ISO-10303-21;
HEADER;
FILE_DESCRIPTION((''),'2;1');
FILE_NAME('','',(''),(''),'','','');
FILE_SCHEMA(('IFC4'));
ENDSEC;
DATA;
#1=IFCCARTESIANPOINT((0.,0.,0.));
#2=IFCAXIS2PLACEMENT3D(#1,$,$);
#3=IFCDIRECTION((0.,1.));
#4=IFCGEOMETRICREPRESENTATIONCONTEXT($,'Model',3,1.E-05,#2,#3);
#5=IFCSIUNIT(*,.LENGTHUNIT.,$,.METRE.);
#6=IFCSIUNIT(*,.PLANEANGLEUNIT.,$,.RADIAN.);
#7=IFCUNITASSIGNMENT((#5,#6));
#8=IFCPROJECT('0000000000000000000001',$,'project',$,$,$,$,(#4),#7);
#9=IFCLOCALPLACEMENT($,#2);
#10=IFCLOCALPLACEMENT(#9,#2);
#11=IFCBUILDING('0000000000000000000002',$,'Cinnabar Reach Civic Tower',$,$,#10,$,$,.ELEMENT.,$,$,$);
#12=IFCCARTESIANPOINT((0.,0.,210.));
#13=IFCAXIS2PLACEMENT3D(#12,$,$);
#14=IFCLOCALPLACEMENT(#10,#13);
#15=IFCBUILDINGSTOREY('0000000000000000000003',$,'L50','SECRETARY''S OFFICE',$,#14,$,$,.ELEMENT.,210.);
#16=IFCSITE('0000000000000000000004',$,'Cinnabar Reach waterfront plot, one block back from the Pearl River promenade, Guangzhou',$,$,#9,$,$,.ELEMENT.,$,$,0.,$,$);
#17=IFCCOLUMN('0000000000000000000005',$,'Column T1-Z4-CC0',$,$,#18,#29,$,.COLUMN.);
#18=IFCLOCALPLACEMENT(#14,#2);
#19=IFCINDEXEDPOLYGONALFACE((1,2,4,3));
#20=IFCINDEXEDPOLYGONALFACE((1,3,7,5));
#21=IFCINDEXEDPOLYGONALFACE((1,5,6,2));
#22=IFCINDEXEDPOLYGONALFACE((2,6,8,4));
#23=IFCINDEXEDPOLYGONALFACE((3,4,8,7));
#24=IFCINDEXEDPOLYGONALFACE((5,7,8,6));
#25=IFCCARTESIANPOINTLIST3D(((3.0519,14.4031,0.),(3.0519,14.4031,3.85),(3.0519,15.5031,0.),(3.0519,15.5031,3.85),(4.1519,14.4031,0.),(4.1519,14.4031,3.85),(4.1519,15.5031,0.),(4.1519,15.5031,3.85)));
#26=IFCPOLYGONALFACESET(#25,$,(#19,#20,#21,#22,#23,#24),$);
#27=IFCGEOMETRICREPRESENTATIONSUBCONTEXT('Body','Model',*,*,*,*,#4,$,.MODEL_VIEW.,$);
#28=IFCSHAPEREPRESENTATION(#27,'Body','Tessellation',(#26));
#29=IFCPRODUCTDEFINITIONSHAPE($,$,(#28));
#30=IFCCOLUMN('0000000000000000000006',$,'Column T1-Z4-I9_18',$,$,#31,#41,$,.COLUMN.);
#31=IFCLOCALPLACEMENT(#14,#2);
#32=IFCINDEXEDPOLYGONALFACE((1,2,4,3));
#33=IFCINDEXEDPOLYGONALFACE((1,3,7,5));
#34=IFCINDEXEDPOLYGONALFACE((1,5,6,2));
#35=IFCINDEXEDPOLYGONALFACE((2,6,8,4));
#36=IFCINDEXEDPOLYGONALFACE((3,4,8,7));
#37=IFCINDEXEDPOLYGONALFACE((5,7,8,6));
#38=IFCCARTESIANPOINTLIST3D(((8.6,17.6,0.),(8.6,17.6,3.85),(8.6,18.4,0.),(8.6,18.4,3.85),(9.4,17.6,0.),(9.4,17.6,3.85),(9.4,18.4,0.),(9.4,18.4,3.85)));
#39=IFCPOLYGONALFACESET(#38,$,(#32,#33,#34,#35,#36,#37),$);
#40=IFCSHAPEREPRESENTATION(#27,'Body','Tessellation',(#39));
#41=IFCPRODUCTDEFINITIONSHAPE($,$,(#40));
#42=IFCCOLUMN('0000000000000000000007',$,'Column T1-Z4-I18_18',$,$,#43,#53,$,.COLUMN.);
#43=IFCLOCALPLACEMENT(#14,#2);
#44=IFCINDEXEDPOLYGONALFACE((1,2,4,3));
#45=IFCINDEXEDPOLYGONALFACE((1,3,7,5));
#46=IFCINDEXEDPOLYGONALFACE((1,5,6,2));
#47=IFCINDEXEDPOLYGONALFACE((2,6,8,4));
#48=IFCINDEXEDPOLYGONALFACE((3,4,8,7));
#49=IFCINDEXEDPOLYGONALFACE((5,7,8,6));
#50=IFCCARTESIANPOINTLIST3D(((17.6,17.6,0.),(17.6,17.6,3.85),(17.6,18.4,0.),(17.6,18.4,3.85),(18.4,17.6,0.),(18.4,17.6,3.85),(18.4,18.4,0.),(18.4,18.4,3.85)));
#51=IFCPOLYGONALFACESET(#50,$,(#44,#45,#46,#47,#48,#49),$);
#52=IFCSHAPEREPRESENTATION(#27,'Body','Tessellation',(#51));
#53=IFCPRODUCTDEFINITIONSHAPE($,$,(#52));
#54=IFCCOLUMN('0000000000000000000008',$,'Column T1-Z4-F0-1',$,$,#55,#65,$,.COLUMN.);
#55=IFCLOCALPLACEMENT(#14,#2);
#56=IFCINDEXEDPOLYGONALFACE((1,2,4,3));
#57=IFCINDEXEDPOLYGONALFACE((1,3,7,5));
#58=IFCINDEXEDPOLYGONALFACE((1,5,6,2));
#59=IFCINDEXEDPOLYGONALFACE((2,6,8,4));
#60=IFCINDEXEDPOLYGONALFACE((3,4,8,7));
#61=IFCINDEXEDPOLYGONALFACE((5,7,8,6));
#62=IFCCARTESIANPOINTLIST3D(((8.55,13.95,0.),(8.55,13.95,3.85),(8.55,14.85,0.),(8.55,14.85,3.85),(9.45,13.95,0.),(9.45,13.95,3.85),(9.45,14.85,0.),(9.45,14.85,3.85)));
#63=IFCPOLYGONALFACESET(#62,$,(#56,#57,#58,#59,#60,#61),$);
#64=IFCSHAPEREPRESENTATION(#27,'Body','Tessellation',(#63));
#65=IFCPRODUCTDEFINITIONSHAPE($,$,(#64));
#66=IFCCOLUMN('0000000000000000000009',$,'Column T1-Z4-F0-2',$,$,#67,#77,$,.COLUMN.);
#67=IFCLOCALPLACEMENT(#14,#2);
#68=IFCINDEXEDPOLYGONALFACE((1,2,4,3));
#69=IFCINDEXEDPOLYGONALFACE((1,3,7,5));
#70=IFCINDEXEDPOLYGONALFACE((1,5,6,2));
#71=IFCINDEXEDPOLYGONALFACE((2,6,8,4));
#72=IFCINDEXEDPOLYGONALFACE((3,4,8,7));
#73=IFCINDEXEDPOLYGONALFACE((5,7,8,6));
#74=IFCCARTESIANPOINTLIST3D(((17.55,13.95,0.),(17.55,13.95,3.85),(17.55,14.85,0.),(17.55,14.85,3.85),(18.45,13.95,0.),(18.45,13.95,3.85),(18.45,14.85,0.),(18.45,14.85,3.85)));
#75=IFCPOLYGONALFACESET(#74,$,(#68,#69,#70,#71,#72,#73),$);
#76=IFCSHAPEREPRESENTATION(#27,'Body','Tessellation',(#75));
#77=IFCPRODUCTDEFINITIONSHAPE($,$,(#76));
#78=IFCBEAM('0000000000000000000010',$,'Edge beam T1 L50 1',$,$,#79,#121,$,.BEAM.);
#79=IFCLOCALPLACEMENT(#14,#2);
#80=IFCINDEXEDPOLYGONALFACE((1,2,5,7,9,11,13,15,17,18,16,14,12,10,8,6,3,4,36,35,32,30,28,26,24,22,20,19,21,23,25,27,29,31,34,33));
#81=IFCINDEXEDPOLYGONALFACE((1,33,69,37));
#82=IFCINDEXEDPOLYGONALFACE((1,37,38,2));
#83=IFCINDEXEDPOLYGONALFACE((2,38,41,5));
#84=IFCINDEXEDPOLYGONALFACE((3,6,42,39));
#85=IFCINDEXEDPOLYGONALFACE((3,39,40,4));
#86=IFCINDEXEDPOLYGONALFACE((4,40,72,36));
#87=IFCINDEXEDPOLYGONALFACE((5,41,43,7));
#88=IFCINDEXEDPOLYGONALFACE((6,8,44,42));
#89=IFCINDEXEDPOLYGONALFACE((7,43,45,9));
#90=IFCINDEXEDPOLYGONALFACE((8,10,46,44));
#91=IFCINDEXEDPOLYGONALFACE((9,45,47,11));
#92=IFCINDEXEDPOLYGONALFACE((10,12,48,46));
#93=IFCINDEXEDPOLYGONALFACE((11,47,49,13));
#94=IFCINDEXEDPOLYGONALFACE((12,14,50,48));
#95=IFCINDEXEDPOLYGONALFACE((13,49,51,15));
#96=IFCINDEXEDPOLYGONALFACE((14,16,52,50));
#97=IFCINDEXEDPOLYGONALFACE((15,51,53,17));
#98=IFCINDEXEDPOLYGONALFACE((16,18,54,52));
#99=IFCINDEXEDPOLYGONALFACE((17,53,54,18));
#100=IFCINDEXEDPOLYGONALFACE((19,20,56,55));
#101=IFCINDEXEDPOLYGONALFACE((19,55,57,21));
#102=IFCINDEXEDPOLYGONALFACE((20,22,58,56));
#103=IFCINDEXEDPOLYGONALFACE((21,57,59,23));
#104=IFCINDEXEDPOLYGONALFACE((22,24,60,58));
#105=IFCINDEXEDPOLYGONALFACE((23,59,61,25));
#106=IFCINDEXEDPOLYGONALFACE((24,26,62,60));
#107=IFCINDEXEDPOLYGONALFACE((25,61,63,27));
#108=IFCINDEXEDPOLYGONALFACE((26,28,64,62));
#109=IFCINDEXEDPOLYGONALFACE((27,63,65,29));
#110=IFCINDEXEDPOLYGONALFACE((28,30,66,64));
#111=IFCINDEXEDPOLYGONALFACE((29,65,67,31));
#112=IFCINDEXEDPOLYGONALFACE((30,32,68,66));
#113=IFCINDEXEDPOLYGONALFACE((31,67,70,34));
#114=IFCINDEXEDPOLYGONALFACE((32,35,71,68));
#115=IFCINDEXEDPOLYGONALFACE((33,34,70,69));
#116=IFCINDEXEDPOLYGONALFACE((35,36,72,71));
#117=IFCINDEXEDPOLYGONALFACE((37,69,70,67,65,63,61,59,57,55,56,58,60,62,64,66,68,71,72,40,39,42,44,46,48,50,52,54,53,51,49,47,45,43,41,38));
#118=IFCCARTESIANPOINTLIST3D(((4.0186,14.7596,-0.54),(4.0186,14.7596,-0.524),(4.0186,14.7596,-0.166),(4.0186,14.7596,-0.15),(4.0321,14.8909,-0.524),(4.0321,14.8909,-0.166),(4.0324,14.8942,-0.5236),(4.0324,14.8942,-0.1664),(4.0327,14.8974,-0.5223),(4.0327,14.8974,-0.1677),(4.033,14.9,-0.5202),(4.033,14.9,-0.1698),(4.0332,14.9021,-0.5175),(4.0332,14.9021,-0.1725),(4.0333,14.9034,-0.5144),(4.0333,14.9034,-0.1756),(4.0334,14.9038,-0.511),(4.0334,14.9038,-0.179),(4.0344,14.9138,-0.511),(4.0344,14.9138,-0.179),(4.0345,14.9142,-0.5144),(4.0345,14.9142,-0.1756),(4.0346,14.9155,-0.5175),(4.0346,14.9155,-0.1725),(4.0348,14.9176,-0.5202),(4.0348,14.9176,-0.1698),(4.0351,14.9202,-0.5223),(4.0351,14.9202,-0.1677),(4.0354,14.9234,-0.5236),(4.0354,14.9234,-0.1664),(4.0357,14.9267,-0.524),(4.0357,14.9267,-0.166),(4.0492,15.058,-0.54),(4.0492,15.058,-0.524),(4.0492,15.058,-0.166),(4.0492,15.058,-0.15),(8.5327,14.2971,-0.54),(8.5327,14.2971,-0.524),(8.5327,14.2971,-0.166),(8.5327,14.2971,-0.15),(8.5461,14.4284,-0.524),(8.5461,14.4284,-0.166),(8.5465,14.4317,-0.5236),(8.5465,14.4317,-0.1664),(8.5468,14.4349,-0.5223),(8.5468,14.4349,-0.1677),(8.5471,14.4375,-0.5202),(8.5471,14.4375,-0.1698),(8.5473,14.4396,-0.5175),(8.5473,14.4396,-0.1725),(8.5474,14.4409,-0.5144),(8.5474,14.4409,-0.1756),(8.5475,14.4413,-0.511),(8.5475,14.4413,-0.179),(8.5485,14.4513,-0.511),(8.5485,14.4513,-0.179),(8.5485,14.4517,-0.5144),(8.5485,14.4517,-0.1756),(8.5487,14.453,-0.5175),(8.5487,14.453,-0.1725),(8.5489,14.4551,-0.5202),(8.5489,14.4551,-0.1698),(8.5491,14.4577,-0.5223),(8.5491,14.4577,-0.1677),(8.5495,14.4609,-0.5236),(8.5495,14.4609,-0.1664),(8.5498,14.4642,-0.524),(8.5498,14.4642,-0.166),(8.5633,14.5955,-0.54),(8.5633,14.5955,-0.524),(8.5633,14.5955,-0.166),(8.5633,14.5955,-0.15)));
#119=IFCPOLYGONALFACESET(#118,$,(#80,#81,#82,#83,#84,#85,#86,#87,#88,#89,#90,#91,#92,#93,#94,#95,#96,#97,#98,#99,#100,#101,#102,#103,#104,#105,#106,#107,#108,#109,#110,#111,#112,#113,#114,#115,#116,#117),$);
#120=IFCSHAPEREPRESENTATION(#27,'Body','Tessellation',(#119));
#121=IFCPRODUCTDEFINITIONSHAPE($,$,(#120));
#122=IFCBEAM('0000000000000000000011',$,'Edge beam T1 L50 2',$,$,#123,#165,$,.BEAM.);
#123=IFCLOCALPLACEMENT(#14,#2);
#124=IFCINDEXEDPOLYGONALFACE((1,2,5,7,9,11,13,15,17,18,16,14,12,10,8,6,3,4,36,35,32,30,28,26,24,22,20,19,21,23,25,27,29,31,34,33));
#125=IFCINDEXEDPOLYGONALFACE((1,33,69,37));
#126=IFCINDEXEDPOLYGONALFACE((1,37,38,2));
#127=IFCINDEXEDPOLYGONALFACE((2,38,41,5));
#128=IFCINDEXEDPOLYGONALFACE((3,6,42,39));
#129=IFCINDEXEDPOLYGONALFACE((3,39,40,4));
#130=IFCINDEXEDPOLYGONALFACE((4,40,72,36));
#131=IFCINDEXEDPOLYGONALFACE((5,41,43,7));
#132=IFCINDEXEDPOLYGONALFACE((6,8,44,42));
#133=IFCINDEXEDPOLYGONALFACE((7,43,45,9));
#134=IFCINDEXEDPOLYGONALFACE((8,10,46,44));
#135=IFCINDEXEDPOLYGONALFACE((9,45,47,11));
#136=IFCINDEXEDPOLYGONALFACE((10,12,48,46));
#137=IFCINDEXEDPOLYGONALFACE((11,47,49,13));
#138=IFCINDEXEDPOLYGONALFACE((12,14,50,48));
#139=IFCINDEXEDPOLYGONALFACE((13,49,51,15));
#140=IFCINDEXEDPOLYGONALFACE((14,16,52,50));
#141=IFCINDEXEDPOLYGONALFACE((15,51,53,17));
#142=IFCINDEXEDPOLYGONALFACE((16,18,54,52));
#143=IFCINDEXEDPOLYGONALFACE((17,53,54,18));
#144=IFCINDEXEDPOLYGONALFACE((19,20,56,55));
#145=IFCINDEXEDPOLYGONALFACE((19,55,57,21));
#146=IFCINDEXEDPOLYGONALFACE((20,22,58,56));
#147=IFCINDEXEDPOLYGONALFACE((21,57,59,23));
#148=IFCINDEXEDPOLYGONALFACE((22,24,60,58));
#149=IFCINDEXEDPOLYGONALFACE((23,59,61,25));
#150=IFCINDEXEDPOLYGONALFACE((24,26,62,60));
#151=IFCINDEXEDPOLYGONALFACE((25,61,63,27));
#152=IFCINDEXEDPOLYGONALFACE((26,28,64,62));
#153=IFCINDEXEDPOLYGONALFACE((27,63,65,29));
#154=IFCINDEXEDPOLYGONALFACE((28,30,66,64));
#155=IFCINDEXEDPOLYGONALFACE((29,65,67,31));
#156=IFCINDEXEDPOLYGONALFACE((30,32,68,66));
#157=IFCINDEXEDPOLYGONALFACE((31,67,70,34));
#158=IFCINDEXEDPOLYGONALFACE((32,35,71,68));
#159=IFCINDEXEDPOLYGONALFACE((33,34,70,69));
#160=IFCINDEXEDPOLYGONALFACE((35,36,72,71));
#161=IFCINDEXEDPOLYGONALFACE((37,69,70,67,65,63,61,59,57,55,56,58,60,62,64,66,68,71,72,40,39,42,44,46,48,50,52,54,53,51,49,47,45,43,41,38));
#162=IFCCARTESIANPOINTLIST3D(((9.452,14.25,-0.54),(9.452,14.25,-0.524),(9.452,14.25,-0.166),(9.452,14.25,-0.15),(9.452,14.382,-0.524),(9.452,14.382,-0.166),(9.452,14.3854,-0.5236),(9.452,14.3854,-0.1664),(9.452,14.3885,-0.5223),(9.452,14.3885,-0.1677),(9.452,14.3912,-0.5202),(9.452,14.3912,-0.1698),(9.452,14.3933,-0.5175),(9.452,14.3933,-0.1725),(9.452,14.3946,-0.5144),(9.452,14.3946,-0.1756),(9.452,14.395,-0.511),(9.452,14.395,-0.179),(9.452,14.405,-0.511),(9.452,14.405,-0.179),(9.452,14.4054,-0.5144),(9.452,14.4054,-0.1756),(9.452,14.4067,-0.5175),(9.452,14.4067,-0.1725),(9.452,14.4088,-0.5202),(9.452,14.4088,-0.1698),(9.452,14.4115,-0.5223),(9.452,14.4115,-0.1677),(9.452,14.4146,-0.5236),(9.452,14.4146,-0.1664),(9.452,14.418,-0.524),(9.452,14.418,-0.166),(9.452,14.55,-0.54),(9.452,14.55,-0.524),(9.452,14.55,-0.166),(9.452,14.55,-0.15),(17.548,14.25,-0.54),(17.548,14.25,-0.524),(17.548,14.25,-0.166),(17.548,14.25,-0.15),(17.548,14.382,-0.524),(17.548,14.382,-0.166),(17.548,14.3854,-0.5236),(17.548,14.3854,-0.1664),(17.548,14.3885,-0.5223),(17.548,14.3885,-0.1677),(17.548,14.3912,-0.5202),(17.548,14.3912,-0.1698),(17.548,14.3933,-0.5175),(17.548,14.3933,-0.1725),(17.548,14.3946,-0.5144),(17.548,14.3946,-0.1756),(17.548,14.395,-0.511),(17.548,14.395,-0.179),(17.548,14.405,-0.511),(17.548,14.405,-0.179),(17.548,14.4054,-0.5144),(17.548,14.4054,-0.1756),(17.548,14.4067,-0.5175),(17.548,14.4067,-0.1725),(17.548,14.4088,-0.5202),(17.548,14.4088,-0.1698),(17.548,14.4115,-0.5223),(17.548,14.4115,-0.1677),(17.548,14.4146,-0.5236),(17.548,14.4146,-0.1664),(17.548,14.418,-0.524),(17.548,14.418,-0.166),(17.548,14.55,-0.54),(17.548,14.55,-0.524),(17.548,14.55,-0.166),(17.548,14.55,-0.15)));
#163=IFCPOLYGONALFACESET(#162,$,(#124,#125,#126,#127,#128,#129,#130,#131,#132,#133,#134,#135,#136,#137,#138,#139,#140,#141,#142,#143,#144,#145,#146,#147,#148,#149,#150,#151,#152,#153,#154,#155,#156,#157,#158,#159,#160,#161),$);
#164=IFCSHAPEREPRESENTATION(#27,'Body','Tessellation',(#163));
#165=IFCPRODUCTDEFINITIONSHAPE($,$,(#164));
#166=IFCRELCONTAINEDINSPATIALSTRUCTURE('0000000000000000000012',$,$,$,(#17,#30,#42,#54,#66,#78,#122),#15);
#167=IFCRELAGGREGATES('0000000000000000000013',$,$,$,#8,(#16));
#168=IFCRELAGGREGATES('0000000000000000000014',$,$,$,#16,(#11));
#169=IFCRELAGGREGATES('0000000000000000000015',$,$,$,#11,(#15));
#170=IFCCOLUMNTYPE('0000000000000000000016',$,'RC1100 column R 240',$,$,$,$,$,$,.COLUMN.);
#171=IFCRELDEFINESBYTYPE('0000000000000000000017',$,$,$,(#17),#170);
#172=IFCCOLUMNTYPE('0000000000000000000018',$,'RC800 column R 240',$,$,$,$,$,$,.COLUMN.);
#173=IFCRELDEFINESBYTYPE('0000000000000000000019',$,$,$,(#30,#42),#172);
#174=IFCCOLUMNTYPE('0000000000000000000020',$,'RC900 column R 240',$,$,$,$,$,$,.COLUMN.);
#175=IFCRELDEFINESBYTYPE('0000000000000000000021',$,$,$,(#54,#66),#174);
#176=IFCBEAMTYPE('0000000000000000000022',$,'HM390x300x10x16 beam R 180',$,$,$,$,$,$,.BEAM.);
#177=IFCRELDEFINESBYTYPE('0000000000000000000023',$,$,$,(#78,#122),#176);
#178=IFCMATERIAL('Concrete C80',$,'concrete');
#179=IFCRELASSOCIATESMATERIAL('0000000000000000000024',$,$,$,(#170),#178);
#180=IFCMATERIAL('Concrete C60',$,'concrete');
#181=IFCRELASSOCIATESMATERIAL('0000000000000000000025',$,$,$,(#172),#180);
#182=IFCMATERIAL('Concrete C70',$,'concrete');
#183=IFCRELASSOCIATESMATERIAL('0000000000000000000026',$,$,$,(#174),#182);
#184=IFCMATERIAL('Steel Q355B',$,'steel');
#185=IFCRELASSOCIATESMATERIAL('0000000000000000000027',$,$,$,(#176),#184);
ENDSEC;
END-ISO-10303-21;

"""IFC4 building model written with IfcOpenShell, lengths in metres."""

from ifc_helpers import new_model, si_unit, direction, frame, origin, origin_2d, place, context, subcontext, project, spatial, rectangle, i_section, extrude, material, material_profile, profile_set, type_object, element, save


model = new_model("IFC4")

# Units and contexts
model_context = context("Model", 3, precision=1e-05, world=origin(), true_north=direction((0.0, 1.0)))
body_context = subcontext(model_context, "Body", "Model", "MODEL_VIEW")
ifc_project = project(units=[si_unit("LENGTHUNIT", "METRE"), si_unit("PLANEANGLEUNIT", "RADIAN")], contexts=[model_context])

# Site, building, storey
site_placement = place(None, origin())
site = spatial("IfcSite", under=ifc_project, at=site_placement, Name="Cinnabar Reach waterfront plot, one block back from the Pearl River promenade, Guangzhou", CompositionType="ELEMENT", RefElevation=0.0)
building_placement = place(site_placement, origin())
building = spatial("IfcBuilding", under=site, at=building_placement, Name="Cinnabar Reach Civic Tower", CompositionType="ELEMENT")
storey_placement = place(building_placement, frame((0.0, 0.0, 210.0)))
storey = spatial("IfcBuildingStorey", under=building, at=storey_placement, Name="L50", Description="SECRETARY'S OFFICE", CompositionType="ELEMENT", Elevation=210.0)

# Columns
ifc_material_1 = material(Name="Concrete C80", Category="concrete")
ifc_material_profile_1 = material_profile(ifc_material_1, rectangle(XDim=1.1, YDim=1.1, at=origin_2d()), Name="RC1100")
ifc_profile_set_1 = profile_set([ifc_material_profile_1], Name="Concrete C80")
column_type_1 = type_object("IfcColumnType", Name="RC1100 column R 240", PredefinedType="COLUMN", material=ifc_profile_set_1)
column_placement = place(storey_placement, frame((3.6019, 14.9531, 0.0), z_axis=(0.0, 0.0, 1.0), x_axis=(1.0, 0.0, 0.0)))
element("IfcColumn", 1, at=column_placement, inside=storey, type_object=column_type_1, Name="Column T1-Z4-CC0", PredefinedType="COLUMN", context=body_context, shape_type="SweptSolid", body=[
    extrude(rectangle(XDim=1.1, YDim=1.1, at=origin_2d()), origin(), (0.0, 0.0, 1.0), 3.85),
])
ifc_material_2 = material(Name="Concrete C60", Category="concrete")
ifc_material_profile_2 = material_profile(ifc_material_2, rectangle(XDim=0.8, YDim=0.8, at=origin_2d()), Name="RC800")
ifc_profile_set_2 = profile_set([ifc_material_profile_2], Name="Concrete C60")
column_type_2 = type_object("IfcColumnType", Name="RC800 column R 240", PredefinedType="COLUMN", material=ifc_profile_set_2)
for number, where, z_axis, x_axis, name in (
    (2, (9.0, 18.0, 0.0), (0.0, 0.0, 1.0), (1.0, 0.0, 0.0), "Column T1-Z4-I9_18"),
    (3, (18.0, 18.0, 0.0), (0.0, 0.0, 1.0), (1.0, 0.0, 0.0), "Column T1-Z4-I18_18"),
):
    element("IfcColumn", number, at=place(storey_placement, frame(where, z_axis=z_axis, x_axis=x_axis)), inside=storey, type_object=column_type_2, Name=name, PredefinedType="COLUMN", context=body_context, shape_type="SweptSolid", body=[
        extrude(rectangle(XDim=0.8, YDim=0.8, at=origin_2d()), origin(), (0.0, 0.0, 1.0), 3.85),
    ])
ifc_material_3 = material(Name="Concrete C70", Category="concrete")
ifc_material_profile_3 = material_profile(ifc_material_3, rectangle(XDim=0.9, YDim=0.9, at=origin_2d()), Name="RC900")
ifc_profile_set_3 = profile_set([ifc_material_profile_3], Name="Concrete C70")
column_type_3 = type_object("IfcColumnType", Name="RC900 column R 240", PredefinedType="COLUMN", material=ifc_profile_set_3)
for number, where, z_axis, x_axis, name in (
    (4, (9.0, 14.4, 0.0), (0.0, 0.0, 1.0), (1.0, 0.0, 0.0), "Column T1-Z4-F0-1"),
    (5, (18.0, 14.4, 0.0), (0.0, 0.0, 1.0), (1.0, 0.0, 0.0), "Column T1-Z4-F0-2"),
):
    element("IfcColumn", number, at=place(storey_placement, frame(where, z_axis=z_axis, x_axis=x_axis)), inside=storey, type_object=column_type_3, Name=name, PredefinedType="COLUMN", context=body_context, shape_type="SweptSolid", body=[
        extrude(rectangle(XDim=0.9, YDim=0.9, at=origin_2d()), origin(), (0.0, 0.0, 1.0), 3.85),
    ])

# Beams
ifc_material_4 = material(Name="Steel Q355B", Category="steel")
ifc_material_profile_4 = material_profile(ifc_material_4, i_section(OverallWidth=0.3, OverallDepth=0.39, WebThickness=0.01, FlangeThickness=0.016, FilletRadius=0.013, at=origin_2d()), Name="HM390x300x10x16")
ifc_profile_set_4 = profile_set([ifc_material_profile_4], Name="Steel Q355B")
beam_type_1 = type_object("IfcBeamType", Name="HM390x300x10x16 beam R 180", PredefinedType="BEAM", material=ifc_profile_set_4)
beam_1_placement = place(storey_placement, frame((4.0339, 14.9088, -0.345), z_axis=(0.994792, -0.101923, 0.0), x_axis=(0.101923, 0.994792, 0.0)))
element("IfcBeam", 6, at=beam_1_placement, inside=storey, type_object=beam_type_1, Name="Edge beam T1 L50 1", PredefinedType="BEAM", context=body_context, shape_type="SweptSolid", body=[
    extrude(i_section(OverallWidth=0.3, OverallDepth=0.39, WebThickness=0.01, FlangeThickness=0.016, FilletRadius=0.013, at=origin_2d()), origin(), (0.0, 0.0, 1.0), 4.5377),
])
beam_2_placement = place(storey_placement, frame((9.452, 14.4, -0.345), z_axis=(1.0, 0.0, 0.0), x_axis=(0.0, 1.0, 0.0)))
element("IfcBeam", 7, at=beam_2_placement, inside=storey, type_object=beam_type_1, Name="Edge beam T1 L50 2", PredefinedType="BEAM", context=body_context, shape_type="SweptSolid", body=[
    extrude(i_section(OverallWidth=0.3, OverallDepth=0.39, WebThickness=0.01, FlangeThickness=0.016, FilletRadius=0.013, at=origin_2d()), origin(), (0.0, 0.0, 1.0), 8.096),
])

save(model, "model.ifc")
